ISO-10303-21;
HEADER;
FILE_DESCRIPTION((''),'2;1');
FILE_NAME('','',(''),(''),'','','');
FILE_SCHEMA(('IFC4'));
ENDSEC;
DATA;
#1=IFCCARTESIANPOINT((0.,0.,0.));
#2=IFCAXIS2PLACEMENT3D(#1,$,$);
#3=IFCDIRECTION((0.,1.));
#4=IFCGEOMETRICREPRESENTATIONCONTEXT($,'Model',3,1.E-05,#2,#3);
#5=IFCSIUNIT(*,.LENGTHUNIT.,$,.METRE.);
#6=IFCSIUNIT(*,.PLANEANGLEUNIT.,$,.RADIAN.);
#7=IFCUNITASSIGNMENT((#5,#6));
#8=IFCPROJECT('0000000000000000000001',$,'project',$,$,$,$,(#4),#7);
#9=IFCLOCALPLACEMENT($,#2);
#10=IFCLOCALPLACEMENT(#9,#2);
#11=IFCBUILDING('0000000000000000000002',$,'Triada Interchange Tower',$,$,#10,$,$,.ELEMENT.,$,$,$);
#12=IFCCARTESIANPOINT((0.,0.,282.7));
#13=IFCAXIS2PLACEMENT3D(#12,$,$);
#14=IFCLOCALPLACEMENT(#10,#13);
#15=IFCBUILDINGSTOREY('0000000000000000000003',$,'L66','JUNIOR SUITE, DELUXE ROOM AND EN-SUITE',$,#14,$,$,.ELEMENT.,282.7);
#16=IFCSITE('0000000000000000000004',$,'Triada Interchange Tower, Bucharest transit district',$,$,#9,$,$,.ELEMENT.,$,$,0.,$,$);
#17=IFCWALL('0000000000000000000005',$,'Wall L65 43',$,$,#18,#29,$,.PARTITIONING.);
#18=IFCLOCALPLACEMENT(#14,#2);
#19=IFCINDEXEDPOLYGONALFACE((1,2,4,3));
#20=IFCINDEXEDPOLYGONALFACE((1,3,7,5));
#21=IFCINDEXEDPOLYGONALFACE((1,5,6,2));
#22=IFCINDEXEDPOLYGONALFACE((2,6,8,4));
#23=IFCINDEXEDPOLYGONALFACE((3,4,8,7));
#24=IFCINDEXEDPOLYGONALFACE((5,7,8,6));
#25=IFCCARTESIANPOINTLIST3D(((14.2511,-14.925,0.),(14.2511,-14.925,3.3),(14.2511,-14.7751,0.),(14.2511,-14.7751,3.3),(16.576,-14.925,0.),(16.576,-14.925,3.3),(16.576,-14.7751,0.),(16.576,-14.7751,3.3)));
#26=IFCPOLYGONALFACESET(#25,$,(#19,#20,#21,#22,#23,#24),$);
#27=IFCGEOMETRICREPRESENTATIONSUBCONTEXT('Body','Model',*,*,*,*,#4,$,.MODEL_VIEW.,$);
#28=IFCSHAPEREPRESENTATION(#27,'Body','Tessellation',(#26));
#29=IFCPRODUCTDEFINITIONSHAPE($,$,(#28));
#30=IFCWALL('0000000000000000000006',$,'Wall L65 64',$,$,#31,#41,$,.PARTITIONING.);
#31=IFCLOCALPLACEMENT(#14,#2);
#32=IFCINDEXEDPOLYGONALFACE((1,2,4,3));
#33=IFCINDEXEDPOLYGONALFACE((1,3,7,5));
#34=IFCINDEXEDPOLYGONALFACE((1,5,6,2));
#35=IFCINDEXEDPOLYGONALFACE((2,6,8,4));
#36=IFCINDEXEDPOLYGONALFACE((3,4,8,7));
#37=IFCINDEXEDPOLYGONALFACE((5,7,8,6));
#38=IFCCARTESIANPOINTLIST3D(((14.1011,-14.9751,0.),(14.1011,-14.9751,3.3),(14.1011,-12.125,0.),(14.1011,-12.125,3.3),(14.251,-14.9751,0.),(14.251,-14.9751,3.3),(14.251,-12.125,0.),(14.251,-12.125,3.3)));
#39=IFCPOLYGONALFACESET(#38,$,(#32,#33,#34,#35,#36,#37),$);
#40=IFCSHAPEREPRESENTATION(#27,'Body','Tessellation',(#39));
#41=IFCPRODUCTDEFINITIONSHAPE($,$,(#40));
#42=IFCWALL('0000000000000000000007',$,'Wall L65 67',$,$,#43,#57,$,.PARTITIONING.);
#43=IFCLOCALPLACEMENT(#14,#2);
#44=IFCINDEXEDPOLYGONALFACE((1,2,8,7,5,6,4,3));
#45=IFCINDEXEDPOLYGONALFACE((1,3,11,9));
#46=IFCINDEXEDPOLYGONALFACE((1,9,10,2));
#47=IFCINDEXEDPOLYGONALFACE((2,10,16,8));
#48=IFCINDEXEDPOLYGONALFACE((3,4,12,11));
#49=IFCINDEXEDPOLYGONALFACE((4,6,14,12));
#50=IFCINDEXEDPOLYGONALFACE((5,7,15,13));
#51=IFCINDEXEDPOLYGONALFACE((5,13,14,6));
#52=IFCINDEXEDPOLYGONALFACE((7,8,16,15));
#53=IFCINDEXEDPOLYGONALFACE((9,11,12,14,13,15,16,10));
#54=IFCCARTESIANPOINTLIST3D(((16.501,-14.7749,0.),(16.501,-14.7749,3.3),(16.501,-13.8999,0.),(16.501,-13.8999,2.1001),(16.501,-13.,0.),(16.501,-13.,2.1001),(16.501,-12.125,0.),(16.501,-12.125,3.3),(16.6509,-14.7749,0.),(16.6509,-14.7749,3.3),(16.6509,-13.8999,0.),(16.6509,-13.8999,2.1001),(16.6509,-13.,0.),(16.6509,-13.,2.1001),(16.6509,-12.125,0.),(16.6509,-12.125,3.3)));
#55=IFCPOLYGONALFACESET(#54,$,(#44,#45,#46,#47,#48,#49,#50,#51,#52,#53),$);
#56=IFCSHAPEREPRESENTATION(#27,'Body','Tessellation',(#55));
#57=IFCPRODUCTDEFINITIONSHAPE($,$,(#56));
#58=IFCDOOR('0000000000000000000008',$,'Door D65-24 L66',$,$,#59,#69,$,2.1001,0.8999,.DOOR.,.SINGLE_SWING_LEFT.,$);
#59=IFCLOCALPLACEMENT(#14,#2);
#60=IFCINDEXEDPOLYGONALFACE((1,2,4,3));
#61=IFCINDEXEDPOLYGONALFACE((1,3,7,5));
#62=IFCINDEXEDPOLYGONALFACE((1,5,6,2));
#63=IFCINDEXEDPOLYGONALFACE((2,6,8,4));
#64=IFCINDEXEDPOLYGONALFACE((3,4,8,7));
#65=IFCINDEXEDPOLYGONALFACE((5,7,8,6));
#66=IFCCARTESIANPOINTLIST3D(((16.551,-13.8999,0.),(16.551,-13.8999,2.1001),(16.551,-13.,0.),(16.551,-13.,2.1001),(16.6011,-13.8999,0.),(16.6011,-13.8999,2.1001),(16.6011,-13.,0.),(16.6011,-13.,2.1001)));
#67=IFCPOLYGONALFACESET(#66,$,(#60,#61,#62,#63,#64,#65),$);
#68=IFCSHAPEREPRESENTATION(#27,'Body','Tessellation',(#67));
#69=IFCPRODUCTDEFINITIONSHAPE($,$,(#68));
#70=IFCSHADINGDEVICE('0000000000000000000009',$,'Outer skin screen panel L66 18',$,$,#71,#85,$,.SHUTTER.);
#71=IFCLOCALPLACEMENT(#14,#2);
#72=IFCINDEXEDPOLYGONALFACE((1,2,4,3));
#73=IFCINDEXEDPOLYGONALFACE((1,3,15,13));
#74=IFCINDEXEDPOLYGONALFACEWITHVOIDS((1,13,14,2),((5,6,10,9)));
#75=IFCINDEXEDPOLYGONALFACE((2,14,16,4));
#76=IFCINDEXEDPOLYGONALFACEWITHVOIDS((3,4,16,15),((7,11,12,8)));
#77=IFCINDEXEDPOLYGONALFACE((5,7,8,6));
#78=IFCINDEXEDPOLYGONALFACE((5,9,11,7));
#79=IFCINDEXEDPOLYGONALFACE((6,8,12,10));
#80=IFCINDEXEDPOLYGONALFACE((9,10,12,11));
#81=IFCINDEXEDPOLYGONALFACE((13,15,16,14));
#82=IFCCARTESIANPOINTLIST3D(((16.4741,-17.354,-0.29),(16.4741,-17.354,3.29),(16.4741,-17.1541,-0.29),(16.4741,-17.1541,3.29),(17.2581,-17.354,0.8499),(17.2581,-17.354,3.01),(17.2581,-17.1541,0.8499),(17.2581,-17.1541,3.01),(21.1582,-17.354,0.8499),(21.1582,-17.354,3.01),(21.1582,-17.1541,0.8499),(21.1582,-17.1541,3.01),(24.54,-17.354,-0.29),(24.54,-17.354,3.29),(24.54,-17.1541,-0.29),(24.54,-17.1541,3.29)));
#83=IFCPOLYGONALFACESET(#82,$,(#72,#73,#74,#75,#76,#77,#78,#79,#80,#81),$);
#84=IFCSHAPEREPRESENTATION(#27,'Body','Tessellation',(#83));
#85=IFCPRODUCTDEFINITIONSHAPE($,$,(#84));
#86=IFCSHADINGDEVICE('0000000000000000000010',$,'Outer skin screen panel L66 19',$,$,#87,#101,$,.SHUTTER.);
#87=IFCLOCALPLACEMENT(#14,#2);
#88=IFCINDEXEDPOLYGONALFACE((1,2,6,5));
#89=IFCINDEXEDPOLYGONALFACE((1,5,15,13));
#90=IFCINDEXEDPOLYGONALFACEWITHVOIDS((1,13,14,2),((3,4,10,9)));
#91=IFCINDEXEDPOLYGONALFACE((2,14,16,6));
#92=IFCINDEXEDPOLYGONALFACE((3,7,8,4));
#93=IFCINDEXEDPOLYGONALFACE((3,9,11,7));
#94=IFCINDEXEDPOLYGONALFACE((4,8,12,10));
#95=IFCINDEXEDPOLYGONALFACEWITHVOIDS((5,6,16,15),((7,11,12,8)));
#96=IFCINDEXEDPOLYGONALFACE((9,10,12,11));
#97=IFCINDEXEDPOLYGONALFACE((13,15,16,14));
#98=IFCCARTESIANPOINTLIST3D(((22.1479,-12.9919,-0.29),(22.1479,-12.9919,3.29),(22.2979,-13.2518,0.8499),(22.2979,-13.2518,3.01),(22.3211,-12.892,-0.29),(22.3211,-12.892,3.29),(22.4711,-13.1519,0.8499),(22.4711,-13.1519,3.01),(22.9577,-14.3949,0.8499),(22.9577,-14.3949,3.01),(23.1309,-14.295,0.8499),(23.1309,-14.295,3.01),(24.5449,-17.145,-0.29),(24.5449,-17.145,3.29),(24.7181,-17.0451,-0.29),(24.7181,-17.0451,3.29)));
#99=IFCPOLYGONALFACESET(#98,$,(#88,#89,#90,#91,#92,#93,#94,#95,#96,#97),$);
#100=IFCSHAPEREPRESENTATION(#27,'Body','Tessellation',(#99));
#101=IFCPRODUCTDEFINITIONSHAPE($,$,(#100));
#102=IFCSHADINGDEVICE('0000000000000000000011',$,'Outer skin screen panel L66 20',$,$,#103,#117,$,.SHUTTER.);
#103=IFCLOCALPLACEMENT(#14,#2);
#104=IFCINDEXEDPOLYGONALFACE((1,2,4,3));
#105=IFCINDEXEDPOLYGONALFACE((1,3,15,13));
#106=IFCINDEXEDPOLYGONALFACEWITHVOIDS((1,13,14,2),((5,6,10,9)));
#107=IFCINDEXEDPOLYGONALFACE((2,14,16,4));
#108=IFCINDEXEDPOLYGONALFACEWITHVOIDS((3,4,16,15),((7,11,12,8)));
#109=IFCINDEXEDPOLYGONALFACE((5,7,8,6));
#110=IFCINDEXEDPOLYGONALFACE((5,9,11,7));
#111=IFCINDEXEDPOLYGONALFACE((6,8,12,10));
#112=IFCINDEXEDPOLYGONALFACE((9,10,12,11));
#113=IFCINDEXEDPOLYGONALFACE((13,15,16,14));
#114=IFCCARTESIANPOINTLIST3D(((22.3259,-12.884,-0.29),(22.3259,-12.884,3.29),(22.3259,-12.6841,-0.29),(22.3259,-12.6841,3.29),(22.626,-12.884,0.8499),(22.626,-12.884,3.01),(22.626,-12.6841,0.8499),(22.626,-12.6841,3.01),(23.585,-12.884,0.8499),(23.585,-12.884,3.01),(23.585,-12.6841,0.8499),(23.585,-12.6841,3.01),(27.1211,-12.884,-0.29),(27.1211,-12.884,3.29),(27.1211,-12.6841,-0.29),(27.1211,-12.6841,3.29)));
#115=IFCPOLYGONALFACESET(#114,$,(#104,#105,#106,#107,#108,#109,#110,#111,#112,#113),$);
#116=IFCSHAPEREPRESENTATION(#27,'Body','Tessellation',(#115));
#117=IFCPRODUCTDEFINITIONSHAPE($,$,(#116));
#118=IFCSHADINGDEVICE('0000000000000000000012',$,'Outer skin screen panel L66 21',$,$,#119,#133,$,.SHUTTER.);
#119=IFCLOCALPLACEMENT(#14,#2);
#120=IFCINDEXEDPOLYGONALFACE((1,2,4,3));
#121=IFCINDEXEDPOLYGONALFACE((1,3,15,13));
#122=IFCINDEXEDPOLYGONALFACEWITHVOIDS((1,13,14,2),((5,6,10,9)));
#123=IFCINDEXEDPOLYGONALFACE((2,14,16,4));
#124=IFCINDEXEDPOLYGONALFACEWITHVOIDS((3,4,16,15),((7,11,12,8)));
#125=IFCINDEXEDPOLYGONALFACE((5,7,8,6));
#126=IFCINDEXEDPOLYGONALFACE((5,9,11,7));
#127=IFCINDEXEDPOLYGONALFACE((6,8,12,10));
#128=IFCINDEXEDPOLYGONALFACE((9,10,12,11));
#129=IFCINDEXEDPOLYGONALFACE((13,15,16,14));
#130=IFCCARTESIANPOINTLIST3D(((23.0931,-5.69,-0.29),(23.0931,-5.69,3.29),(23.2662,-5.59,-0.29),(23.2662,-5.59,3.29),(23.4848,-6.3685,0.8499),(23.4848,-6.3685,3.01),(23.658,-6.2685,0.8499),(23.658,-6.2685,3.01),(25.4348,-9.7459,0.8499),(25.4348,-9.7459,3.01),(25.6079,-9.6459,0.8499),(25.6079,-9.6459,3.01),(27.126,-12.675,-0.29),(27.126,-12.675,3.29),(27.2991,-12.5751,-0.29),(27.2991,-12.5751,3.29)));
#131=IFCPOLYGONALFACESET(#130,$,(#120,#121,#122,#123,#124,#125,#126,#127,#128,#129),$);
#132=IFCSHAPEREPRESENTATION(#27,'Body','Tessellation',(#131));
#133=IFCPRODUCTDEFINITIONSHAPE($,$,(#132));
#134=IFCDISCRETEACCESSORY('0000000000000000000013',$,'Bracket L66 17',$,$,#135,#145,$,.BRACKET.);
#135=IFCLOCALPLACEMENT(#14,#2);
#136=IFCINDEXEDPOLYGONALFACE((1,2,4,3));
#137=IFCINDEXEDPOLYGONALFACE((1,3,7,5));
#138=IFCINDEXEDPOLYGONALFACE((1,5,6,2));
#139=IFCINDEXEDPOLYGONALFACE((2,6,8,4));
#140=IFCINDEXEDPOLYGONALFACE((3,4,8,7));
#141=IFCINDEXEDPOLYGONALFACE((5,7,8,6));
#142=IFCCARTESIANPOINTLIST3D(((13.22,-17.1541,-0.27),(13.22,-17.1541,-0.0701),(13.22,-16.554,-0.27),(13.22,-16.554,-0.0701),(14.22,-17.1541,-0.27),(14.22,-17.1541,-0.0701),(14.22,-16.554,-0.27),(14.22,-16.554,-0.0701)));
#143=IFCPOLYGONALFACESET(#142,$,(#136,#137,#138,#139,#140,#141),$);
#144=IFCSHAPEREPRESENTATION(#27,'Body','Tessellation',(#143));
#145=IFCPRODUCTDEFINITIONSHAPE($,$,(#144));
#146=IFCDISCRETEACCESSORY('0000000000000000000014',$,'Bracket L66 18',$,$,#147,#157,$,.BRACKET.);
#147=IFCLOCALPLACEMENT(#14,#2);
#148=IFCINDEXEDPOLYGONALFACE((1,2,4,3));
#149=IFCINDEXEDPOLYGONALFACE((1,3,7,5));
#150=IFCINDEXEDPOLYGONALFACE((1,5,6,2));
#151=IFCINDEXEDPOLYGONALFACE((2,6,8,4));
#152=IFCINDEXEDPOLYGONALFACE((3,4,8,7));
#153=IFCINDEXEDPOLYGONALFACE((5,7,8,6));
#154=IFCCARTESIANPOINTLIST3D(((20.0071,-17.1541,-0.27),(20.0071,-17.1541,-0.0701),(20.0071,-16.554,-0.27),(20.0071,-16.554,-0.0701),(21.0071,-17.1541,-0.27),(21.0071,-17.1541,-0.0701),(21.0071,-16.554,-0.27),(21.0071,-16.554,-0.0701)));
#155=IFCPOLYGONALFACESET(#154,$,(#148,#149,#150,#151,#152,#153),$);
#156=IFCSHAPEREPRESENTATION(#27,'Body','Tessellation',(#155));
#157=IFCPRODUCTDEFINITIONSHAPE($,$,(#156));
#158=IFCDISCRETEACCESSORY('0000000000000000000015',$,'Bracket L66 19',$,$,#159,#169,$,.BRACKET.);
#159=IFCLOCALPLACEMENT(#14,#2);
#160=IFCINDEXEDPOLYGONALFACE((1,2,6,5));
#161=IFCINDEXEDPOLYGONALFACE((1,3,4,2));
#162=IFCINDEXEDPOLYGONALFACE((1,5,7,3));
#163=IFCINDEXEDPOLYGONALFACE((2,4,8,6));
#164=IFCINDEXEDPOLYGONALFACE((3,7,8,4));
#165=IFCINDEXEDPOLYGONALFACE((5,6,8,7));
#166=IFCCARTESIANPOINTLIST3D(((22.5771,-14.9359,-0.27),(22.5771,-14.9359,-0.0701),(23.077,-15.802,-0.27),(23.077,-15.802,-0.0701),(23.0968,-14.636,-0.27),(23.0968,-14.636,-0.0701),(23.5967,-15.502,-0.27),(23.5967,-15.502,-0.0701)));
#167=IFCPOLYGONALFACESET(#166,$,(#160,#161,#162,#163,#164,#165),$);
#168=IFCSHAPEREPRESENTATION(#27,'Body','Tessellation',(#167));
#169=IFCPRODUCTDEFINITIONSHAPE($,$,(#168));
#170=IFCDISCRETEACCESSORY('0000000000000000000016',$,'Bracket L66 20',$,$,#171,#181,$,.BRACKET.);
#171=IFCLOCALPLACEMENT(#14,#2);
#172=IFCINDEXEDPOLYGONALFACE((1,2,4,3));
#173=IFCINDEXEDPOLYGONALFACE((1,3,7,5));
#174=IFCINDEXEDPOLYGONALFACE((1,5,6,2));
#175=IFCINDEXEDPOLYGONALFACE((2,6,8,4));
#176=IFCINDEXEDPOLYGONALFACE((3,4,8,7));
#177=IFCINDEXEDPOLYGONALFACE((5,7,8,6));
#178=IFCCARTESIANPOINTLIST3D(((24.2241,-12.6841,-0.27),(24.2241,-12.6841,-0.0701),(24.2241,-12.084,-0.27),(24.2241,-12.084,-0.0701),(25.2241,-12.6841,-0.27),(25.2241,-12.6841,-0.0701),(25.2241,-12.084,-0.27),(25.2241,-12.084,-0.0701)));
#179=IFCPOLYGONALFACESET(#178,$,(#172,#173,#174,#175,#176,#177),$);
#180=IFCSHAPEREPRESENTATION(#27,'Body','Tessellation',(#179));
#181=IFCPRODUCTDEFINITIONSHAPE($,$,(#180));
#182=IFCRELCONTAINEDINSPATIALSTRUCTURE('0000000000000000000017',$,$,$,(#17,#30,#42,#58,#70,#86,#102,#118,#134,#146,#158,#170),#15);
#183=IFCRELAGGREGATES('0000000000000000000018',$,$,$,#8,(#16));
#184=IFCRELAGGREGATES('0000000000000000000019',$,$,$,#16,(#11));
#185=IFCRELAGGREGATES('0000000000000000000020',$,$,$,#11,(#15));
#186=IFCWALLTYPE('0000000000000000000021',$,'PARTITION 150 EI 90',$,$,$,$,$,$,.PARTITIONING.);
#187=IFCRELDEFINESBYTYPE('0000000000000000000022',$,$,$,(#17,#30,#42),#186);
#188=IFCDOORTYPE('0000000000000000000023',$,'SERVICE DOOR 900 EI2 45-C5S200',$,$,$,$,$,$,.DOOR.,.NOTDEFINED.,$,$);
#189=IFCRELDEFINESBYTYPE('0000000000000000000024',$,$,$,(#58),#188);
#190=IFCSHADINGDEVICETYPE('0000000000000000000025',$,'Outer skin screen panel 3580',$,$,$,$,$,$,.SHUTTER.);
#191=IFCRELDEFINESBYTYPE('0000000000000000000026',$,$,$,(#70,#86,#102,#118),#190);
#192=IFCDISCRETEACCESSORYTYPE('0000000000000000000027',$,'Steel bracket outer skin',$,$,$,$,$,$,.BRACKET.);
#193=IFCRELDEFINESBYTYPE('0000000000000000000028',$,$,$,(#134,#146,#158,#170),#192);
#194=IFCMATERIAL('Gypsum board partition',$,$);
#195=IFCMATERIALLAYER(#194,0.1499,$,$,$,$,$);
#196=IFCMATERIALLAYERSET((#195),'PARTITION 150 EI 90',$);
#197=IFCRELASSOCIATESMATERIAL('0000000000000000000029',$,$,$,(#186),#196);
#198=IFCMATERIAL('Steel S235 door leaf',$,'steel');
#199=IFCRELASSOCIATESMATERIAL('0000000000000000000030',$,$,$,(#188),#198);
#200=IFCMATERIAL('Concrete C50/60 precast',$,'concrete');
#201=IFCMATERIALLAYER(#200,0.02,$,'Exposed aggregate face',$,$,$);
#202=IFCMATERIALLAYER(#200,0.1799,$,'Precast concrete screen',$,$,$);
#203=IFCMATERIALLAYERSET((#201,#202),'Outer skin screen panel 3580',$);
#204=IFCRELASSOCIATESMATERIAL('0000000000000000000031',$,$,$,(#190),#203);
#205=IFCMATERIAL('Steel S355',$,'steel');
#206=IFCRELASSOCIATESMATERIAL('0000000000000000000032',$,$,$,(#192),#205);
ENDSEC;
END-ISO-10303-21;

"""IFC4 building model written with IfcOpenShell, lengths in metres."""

from ifc_helpers import new_model, si_unit, direction, frame, frame_2d, origin, origin_2d, place, context, subcontext, project, spatial, polyline, rectangle, outline, extrude, material, layer, layer_set, type_object, element, fill, save


model = new_model("IFC4")

# Units and contexts
model_context = context("Model", 3, precision=1e-05, world=origin(), true_north=direction((0.0, 1.0)))
body_context = subcontext(model_context, "Body", "Model", "MODEL_VIEW")
ifc_project = project(units=[si_unit("LENGTHUNIT", "METRE"), si_unit("PLANEANGLEUNIT", "RADIAN")], contexts=[model_context])

# Site, building, storey
site_placement = place(None, origin())
site = spatial("IfcSite", under=ifc_project, at=site_placement, Name="Triada Interchange Tower, Bucharest transit district", CompositionType="ELEMENT", RefElevation=0.0)
building_placement = place(site_placement, origin())
building = spatial("IfcBuilding", under=site, at=building_placement, Name="Triada Interchange Tower", CompositionType="ELEMENT")
storey_placement = place(building_placement, frame((0.0, 0.0, 282.7)))
storey = spatial("IfcBuildingStorey", under=building, at=storey_placement, Name="L66", Description="JUNIOR SUITE, DELUXE ROOM AND EN-SUITE", CompositionType="ELEMENT", Elevation=282.7)

# Walls
ifc_material_1 = material(Name="Gypsum board partition")
ifc_layer_1 = layer(ifc_material_1, 0.1499)
ifc_layer_set_1 = layer_set([ifc_layer_1], Name="PARTITION 150 EI 90")
wall_type_1 = type_object("IfcWallType", Name="PARTITION 150 EI 90", PredefinedType="PARTITIONING", material=ifc_layer_set_1)
wall_1_placement = place(storey_placement, frame((14.251, -14.8501, 0.0), z_axis=(0.0, 0.0, 1.0), x_axis=(1.0, 0.0, 0.0)))
element("IfcWall", 1, at=wall_1_placement, inside=storey, type_object=wall_type_1, Name="Wall L65 43", PredefinedType="PARTITIONING", context=body_context, shape_type="SweptSolid", body=[
    extrude(rectangle(XDim=2.325, YDim=0.1499, at=frame_2d((1.1626, 0.0))), origin(), (0.0, 0.0, 1.0), 3.3),
])
wall_2_placement = place(storey_placement, frame((14.176, -14.9751, 0.0), z_axis=(0.0, 0.0, 1.0), x_axis=(0.0, 1.0, 0.0)))
element("IfcWall", 2, at=wall_2_placement, inside=storey, type_object=wall_type_1, Name="Wall L65 64", PredefinedType="PARTITIONING", context=body_context, shape_type="SweptSolid", body=[
    extrude(rectangle(XDim=2.8501, YDim=0.1499, at=frame_2d((1.425, 0.0))), origin(), (0.0, 0.0, 1.0), 3.3),
])

# Wall, opening, door
wall_3_placement = place(storey_placement, frame((16.5759, -14.7749, 0.0), z_axis=(0.0, 0.0, 1.0), x_axis=(0.0, 1.0, 0.0)))
wall_3 = element("IfcWall", 3, at=wall_3_placement, inside=storey, type_object=wall_type_1, Name="Wall L65 67", PredefinedType="PARTITIONING", context=body_context, shape_type="SweptSolid", body=[
    extrude(rectangle(XDim=2.6499, YDim=0.1499, at=frame_2d((1.325, 0.0))), origin(), (0.0, 0.0, 1.0), 3.3),
])
opening_1_placement = place(wall_3_placement, frame((0.875, 0.0, 0.0)))
opening_1 = element("IfcOpeningElement", 4, at=opening_1_placement, cuts=wall_3, PredefinedType="OPENING", context=body_context, shape_type="SweptSolid", body=[
    extrude(rectangle(XDim=0.8999, YDim=2.1001, at=frame_2d((0.45, 1.05))), frame((0.0, 0.085, 0.0), z_axis=(0.0, -1.0, 0.0), x_axis=(1.0, 0.0, 0.0)), (0.0, 0.0, 1.0), 0.1699),
])
ifc_material_2 = material(Name="Steel S235 door leaf", Category="steel")
door_type = type_object("IfcDoorType", Name="SERVICE DOOR 900 EI2 45-C5S200", OperationType="NOTDEFINED", PredefinedType="DOOR", material=ifc_material_2)
door_placement = place(opening_1_placement, origin())
door = element("IfcDoor", 5, at=door_placement, inside=storey, type_object=door_type, Name="Door D65-24 L66", OperationType="SINGLE_SWING_LEFT", OverallHeight=2.1001, OverallWidth=0.8999, PredefinedType="DOOR", context=body_context, shape_type="SweptSolid", body=[
    extrude(rectangle(XDim=0.8999, YDim=2.1001, at=frame_2d((0.45, 1.05))), frame((0.0, 0.0249, 0.0), z_axis=(0.0, -1.0, 0.0), x_axis=(1.0, 0.0, 0.0)), (0.0, 0.0, 1.0), 0.05),
])
fill(opening_1, door)

# Shading devices
ifc_material_3 = material(Name="Concrete C50/60 precast", Category="concrete")
ifc_layer_2 = layer(ifc_material_3, 0.02, Name="Exposed aggregate face")
ifc_layer_3 = layer(ifc_material_3, 0.1799, Name="Precast concrete screen")
ifc_layer_set_2 = layer_set([ifc_layer_2, ifc_layer_3], Name="Outer skin screen panel 3580")
shading_device_type = type_object("IfcShadingDeviceType", Name="Outer skin screen panel 3580", PredefinedType="SHUTTER", material=ifc_layer_set_2)
shading_device_1_placement = place(storey_placement, frame((16.4741, -17.1541, -0.29), z_axis=(0.0, 0.0, 1.0), x_axis=(1.0, 0.0, 0.0)))
element("IfcShadingDevice", 6, at=shading_device_1_placement, inside=storey, type_object=shading_device_type, Name="Outer skin screen panel L66 18", PredefinedType="SHUTTER", context=body_context, shape_type="SweptSolid", body=[
    extrude(outline(polyline([(0.0, 0.0), (8.0659, 0.0), (8.0659, 3.5801), (0.0, 3.5801), (0.0, 0.0)]), holes=[polyline([(0.7839, 1.1399), (0.7839, 3.3), (4.6841, 3.3), (4.6841, 1.1399), (0.7839, 1.1399)])]), frame((0.0, 0.0, 0.0), z_axis=(0.0, -1.0, 0.0), x_axis=(1.0, 0.0, 0.0)), (0.0, 0.0, 1.0), 0.2),
])
shading_device_2_placement = place(storey_placement, frame((24.5449, -17.145, -0.29), z_axis=(0.0, 0.0, 1.0), x_axis=(-0.499874, 0.866098, 0.0)))
element("IfcShadingDevice", 7, at=shading_device_2_placement, inside=storey, type_object=shading_device_type, Name="Outer skin screen panel L66 19", PredefinedType="SHUTTER", context=body_context, shape_type="SweptSolid", body=[
    extrude(outline(polyline([(0.0, 0.0), (4.7952, 0.0), (4.7952, 3.5801), (0.0, 3.5801), (0.0, 0.0)]), holes=[polyline([(3.1753, 1.1399), (3.1753, 3.3), (4.4951, 3.3), (4.4951, 1.1399), (3.1753, 1.1399)])]), frame((0.0, 0.0, 0.0), z_axis=(0.0, -1.0, 0.0), x_axis=(1.0, 0.0, 0.0)), (0.0, 0.0, 1.0), 0.2),
])
shading_device_3_placement = place(storey_placement, frame((22.3259, -12.6841, -0.29), z_axis=(0.0, 0.0, 1.0), x_axis=(1.0, 0.0, 0.0)))
element("IfcShadingDevice", 8, at=shading_device_3_placement, inside=storey, type_object=shading_device_type, Name="Outer skin screen panel L66 20", PredefinedType="SHUTTER", context=body_context, shape_type="SweptSolid", body=[
    extrude(outline(polyline([(0.0, 0.0), (4.7952, 0.0), (4.7952, 3.5801), (0.0, 3.5801), (0.0, 0.0)]), holes=[polyline([(0.3, 1.1399), (0.3, 3.3), (1.259, 3.3), (1.259, 1.1399), (0.3, 1.1399)])]), frame((0.0, 0.0, 0.0), z_axis=(0.0, -1.0, 0.0), x_axis=(1.0, 0.0, 0.0)), (0.0, 0.0, 1.0), 0.2),
])
shading_device_4_placement = place(storey_placement, frame((27.126, -12.675, -0.29), z_axis=(0.0, 0.0, 1.0), x_axis=(-0.50001, 0.86602, 0.0)))
element("IfcShadingDevice", 9, at=shading_device_4_placement, inside=storey, type_object=shading_device_type, Name="Outer skin screen panel L66 21", PredefinedType="SHUTTER", context=body_context, shape_type="SweptSolid", body=[
    extrude(outline(polyline([(0.0, 0.0), (8.0657, 0.0), (8.0657, 3.5801), (0.0, 3.5801), (0.0, 0.0)]), holes=[polyline([(3.3823, 1.1399), (3.3823, 3.3), (7.2822, 3.3), (7.2822, 1.1399), (3.3823, 1.1399)])]), frame((0.0, 0.0, 0.0), z_axis=(0.0, -1.0, 0.0), x_axis=(1.0, 0.0, 0.0)), (0.0, 0.0, 1.0), 0.2),
])

# Discrete accessories
ifc_material_4 = material(Name="Steel S355", Category="steel")
discrete_accessory_type = type_object("IfcDiscreteAccessoryType", Name="Steel bracket outer skin", PredefinedType="BRACKET", material=ifc_material_4)
for number, where, z_axis, x_axis, name in (
    (10, (13.72, -16.854, -0.27), (0.0, 0.0, 1.0), (0.0, -1.0, 0.0), "Bracket L66 17"),
    (11, (20.5071, -16.854, -0.27), (0.0, 0.0, 1.0), (0.0, -1.0, 0.0), "Bracket L66 18"),
    (12, (23.0869, -15.219, -0.27), (0.0, 0.0, 1.0), (0.866089, 0.49989, 0.0), "Bracket L66 19"),
    (13, (24.7241, -12.384, -0.27), (0.0, 0.0, 1.0), (0.0, -1.0, 0.0), "Bracket L66 20"),
):
    element("IfcDiscreteAccessory", number, at=place(storey_placement, frame(where, z_axis=z_axis, x_axis=x_axis)), inside=storey, type_object=discrete_accessory_type, Name=name, PredefinedType="BRACKET", context=body_context, shape_type="SweptSolid", body=[
        extrude(rectangle(XDim=0.6001, YDim=1.0, at=origin_2d()), origin(), (0.0, 0.0, 1.0), 0.2),
    ])

save(model, "model.ifc")
